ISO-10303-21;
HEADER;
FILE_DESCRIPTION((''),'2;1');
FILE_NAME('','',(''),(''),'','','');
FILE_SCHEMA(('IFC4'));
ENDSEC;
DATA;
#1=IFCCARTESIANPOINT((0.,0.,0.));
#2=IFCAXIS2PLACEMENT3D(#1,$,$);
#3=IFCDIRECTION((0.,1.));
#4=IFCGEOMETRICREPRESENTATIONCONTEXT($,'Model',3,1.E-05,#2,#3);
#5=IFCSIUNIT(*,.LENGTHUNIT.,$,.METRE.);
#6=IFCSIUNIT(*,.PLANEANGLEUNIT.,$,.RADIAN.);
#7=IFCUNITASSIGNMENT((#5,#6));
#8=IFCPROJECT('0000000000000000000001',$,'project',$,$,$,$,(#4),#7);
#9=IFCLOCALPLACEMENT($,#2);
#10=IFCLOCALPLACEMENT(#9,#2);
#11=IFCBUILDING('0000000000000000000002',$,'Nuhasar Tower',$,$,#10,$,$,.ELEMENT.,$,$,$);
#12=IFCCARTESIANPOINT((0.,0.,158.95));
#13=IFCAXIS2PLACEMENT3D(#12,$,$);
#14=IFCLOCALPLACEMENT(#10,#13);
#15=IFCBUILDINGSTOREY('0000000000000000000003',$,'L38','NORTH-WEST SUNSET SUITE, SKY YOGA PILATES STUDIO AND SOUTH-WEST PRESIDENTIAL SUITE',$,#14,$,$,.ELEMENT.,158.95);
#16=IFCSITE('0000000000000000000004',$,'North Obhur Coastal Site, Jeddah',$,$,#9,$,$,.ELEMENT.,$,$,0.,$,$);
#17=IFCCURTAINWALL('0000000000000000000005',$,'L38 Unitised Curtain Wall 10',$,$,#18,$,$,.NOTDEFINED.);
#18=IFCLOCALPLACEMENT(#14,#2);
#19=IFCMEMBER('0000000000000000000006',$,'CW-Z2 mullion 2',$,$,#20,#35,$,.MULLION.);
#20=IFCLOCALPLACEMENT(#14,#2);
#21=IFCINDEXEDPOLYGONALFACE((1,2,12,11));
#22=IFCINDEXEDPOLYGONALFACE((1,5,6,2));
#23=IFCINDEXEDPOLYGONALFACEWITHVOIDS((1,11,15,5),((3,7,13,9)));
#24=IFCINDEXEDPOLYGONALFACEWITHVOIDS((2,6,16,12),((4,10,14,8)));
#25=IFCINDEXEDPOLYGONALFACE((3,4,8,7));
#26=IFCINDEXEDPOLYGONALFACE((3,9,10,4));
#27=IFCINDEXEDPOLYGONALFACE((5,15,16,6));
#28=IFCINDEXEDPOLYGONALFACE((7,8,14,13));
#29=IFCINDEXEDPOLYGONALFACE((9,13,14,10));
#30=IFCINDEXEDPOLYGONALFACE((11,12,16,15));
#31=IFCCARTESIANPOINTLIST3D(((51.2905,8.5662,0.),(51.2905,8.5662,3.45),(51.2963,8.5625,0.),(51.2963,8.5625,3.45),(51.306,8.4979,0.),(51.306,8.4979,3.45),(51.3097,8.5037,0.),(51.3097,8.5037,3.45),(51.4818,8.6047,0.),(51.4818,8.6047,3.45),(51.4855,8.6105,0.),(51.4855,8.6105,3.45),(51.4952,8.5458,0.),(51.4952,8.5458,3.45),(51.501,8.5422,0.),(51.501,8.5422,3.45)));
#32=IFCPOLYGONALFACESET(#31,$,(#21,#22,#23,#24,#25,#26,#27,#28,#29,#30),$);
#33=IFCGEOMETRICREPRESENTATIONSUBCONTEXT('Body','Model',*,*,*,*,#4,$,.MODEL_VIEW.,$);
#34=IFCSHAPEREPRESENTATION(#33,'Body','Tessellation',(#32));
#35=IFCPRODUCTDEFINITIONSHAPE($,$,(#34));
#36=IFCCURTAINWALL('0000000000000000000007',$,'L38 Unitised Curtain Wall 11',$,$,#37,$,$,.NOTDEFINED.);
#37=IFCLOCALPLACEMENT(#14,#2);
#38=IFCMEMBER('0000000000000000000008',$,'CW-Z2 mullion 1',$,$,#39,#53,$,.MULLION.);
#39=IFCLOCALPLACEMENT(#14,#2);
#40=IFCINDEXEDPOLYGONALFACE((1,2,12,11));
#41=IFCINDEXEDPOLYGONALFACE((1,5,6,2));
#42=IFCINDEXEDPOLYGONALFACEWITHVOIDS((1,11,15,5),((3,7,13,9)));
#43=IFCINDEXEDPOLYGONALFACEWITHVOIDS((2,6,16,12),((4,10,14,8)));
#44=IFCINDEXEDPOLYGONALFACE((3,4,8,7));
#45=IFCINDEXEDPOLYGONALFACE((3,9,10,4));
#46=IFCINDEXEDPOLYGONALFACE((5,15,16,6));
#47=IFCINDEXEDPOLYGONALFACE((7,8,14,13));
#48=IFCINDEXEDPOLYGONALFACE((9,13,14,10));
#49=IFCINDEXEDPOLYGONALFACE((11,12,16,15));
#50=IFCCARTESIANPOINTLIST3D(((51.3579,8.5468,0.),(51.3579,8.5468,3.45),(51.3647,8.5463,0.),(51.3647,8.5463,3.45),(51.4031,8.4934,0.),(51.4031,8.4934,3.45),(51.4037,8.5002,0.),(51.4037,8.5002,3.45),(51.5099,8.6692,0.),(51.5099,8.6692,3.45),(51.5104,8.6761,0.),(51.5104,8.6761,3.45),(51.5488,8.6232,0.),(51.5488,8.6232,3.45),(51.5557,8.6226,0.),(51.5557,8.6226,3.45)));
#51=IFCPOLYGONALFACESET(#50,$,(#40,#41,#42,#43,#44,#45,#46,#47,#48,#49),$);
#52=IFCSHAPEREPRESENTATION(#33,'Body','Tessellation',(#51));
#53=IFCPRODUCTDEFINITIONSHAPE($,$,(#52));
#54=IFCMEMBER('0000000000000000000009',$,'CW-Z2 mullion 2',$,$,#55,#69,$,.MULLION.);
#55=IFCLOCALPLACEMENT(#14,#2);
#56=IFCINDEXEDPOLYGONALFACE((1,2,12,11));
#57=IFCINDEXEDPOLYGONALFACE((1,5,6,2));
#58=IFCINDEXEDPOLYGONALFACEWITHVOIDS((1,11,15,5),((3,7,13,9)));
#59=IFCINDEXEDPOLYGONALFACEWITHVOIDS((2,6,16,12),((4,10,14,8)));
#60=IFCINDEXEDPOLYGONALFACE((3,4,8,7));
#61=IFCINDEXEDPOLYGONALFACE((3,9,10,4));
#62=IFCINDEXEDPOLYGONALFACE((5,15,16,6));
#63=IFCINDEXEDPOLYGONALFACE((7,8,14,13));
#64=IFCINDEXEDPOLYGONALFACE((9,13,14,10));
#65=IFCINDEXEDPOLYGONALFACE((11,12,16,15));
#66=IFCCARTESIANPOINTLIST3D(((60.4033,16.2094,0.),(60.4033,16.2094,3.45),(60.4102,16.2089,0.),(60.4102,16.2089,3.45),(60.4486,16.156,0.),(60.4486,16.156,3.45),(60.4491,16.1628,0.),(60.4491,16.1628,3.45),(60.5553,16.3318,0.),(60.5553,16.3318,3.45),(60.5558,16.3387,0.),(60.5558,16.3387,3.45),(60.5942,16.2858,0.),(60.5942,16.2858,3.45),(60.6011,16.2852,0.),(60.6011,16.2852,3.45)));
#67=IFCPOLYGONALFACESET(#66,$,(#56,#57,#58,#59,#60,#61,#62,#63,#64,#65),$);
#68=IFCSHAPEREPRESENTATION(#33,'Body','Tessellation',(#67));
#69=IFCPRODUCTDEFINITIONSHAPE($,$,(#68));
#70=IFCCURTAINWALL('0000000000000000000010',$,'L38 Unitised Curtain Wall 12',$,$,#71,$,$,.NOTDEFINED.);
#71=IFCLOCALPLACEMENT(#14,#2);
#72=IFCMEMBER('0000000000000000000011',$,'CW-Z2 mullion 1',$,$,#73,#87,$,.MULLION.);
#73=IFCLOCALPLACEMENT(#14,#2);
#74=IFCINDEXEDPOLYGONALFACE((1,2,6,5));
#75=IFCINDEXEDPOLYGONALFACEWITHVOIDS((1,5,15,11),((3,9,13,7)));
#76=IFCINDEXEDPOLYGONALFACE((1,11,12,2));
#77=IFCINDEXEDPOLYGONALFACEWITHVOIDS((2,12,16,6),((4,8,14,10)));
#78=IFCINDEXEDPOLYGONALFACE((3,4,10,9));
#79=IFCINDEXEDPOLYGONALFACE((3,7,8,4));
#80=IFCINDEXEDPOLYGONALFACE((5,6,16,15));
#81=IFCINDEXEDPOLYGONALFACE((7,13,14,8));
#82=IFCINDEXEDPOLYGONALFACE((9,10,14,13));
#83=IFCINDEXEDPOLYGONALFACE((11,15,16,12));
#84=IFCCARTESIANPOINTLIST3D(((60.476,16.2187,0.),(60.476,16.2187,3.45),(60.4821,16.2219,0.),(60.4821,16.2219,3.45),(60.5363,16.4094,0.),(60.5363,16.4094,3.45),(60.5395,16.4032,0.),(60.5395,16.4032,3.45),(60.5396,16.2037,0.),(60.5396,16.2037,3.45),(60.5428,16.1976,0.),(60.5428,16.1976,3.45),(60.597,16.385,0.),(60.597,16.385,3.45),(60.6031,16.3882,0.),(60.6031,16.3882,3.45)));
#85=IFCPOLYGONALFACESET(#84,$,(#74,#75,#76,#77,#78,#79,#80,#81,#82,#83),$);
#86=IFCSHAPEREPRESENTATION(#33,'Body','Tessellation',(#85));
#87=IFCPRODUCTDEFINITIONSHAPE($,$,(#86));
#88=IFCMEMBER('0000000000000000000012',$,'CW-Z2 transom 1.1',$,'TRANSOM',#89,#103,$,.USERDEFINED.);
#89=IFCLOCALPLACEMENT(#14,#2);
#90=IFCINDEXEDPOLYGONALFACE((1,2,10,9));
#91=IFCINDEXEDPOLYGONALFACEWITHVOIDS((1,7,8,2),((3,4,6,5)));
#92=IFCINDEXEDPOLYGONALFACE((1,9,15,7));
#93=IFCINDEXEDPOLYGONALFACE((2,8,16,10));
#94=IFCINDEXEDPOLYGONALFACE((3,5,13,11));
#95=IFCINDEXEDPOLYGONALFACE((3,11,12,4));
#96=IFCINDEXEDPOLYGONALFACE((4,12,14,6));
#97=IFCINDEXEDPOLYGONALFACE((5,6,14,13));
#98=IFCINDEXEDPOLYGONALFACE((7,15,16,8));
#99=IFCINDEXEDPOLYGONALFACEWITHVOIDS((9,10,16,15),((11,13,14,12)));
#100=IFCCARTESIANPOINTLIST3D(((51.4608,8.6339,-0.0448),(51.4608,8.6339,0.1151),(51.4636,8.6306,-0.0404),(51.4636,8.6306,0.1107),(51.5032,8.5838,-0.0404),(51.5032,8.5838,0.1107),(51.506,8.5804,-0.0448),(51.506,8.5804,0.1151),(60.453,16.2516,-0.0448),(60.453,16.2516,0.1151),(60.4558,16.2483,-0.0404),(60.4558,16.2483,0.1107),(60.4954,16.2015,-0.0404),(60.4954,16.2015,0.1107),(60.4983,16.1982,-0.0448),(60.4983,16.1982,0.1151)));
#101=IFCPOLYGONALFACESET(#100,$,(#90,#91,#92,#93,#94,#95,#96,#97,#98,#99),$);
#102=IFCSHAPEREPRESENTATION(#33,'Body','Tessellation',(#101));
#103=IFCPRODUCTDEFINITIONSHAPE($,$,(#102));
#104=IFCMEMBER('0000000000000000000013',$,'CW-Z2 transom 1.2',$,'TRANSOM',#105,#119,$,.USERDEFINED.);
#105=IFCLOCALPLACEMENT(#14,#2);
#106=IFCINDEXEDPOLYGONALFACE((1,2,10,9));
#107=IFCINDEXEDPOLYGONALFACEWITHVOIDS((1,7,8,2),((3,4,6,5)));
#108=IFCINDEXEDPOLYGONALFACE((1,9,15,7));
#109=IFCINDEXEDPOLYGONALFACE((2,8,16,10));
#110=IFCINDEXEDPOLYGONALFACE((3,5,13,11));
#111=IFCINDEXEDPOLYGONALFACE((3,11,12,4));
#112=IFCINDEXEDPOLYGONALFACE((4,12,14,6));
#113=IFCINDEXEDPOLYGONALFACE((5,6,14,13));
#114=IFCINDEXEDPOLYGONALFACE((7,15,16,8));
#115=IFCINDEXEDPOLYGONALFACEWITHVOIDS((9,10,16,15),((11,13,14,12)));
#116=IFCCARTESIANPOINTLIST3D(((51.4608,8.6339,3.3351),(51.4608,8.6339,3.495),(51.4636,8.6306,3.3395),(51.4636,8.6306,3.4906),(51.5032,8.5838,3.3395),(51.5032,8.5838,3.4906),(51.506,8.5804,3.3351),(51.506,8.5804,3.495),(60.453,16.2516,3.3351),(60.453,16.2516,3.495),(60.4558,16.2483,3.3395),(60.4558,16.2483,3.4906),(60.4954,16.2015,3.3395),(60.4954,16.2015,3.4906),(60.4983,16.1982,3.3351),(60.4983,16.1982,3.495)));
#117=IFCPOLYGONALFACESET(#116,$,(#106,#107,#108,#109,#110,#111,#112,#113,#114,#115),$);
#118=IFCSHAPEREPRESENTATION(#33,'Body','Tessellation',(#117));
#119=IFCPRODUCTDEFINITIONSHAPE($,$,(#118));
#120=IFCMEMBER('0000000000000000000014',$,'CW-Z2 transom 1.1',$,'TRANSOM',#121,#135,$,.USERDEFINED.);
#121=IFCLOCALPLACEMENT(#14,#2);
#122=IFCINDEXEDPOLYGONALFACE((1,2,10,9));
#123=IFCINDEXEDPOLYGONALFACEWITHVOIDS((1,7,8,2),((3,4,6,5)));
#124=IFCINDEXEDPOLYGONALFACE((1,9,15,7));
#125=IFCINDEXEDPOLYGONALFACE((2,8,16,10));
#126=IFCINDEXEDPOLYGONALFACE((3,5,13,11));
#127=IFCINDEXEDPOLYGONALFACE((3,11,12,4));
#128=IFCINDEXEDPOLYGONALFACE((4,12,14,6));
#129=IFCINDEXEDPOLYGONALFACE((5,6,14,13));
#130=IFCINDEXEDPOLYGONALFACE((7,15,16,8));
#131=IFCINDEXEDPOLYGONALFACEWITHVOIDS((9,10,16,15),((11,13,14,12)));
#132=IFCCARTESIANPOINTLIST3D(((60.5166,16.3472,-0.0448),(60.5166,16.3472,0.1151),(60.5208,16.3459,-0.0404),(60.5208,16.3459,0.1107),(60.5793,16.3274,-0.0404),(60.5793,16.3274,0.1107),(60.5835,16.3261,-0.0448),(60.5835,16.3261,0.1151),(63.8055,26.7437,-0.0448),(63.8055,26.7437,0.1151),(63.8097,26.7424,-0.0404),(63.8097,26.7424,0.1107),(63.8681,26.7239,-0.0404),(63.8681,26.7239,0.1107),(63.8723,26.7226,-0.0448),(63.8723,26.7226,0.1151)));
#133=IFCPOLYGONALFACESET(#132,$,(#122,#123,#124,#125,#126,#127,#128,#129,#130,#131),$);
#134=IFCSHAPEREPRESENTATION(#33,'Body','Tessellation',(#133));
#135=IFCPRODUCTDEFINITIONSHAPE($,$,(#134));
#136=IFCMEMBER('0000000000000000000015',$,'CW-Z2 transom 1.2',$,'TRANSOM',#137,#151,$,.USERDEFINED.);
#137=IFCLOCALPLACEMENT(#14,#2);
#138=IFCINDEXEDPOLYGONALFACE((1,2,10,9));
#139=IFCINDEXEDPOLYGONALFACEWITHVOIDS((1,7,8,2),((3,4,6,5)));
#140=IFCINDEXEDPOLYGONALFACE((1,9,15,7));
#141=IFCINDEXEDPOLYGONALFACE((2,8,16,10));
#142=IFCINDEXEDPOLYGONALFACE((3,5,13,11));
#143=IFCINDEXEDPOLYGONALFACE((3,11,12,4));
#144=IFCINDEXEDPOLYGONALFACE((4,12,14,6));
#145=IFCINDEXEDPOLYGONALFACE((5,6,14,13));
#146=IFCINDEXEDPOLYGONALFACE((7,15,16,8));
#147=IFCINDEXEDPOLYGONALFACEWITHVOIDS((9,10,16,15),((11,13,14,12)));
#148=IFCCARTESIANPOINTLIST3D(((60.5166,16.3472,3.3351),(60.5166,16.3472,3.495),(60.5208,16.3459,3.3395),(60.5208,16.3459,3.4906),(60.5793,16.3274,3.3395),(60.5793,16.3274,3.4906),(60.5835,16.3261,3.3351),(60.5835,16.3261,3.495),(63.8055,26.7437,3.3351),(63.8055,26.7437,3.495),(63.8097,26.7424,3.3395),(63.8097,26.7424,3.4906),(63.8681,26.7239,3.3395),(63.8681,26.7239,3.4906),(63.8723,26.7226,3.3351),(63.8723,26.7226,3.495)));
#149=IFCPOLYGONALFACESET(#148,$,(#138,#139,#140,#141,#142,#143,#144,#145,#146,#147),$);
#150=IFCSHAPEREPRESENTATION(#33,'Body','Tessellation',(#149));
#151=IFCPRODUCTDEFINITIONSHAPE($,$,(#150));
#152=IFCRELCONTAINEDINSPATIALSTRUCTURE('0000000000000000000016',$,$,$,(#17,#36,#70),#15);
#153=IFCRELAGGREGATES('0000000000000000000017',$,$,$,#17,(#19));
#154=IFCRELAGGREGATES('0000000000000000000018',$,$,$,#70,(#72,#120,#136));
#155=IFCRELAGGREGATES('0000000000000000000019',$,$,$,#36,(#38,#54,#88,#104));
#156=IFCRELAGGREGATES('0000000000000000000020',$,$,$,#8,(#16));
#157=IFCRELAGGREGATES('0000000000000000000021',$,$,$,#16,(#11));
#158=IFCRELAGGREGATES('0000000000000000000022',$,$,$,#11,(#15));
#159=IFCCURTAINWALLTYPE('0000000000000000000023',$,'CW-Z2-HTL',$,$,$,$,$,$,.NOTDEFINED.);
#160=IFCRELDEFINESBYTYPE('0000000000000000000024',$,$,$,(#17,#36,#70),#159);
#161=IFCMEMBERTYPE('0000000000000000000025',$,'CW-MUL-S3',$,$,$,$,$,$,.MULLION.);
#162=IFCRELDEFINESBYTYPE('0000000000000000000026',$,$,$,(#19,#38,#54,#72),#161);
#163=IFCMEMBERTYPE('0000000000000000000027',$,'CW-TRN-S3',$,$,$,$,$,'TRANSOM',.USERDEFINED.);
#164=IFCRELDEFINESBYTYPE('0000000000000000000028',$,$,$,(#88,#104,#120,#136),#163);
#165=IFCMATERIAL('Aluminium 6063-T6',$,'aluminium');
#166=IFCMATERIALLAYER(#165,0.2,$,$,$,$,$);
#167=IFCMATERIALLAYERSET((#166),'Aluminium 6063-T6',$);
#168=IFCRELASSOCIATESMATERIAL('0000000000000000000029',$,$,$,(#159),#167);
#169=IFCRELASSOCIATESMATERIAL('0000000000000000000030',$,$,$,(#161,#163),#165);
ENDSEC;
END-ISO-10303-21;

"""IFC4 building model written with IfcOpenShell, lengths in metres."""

from ifc_helpers import new_model, si_unit, direction, frame, origin, origin_2d, place, context, subcontext, project, spatial, hollow_rectangle, extrude, material, layer, layer_set, material_profile, profile_set, type_object, element, aggregate, save


model = new_model("IFC4")

# Units and contexts
model_context = context("Model", 3, precision=1e-05, world=origin(), true_north=direction((0.0, 1.0)))
body_context = subcontext(model_context, "Body", "Model", "MODEL_VIEW")
ifc_project = project(units=[si_unit("LENGTHUNIT", "METRE"), si_unit("PLANEANGLEUNIT", "RADIAN")], contexts=[model_context])

# Site, building, storey
site_placement = place(None, origin())
site = spatial("IfcSite", under=ifc_project, at=site_placement, Name="North Obhur Coastal Site, Jeddah", CompositionType="ELEMENT", RefElevation=0.0)
building_placement = place(site_placement, origin())
building = spatial("IfcBuilding", under=site, at=building_placement, Name="Nuhasar Tower", CompositionType="ELEMENT")
storey_placement = place(building_placement, frame((0.0, 0.0, 158.95)))
storey = spatial("IfcBuildingStorey", under=building, at=storey_placement, Name="L38", Description="NORTH-WEST SUNSET SUITE, SKY YOGA PILATES STUDIO AND SOUTH-WEST PRESIDENTIAL SUITE", CompositionType="ELEMENT", Elevation=158.95)

# Curtain wall, member
ifc_material_1 = material(Name="Aluminium 6063-T6", Category="aluminium")
ifc_layer_1 = layer(ifc_material_1, 0.2)
ifc_layer_set_1 = layer_set([ifc_layer_1], Name="Aluminium 6063-T6")
curtain_wall_type = type_object("IfcCurtainWallType", Name="CW-Z2-HTL", PredefinedType="NOTDEFINED", material=ifc_layer_set_1)
curtain_wall_1_placement = place(storey_placement, origin())
curtain_wall_1 = element("IfcCurtainWall", 1, at=curtain_wall_1_placement, inside=storey, type_object=curtain_wall_type, Name="L38 Unitised Curtain Wall 10", PredefinedType="NOTDEFINED")
ifc_material_profile_1 = material_profile(ifc_material_1, hollow_rectangle(XDim=0.0701, YDim=0.2, WallThickness=0.0049, at=origin_2d()), Name="CWM-3")
ifc_profile_set_1 = profile_set([ifc_material_profile_1], Name="Aluminium 6063-T6")
member_type_1 = type_object("IfcMemberType", Name="CW-MUL-S3", PredefinedType="MULLION", material=ifc_profile_set_1)
member_1_placement = place(storey_placement, frame((51.3958, 8.5542, 0.0), z_axis=(0.0, 0.0, 1.0), x_axis=(-0.221397, 0.975184, 0.0)))
member_1 = element("IfcMember", 2, at=member_1_placement, type_object=member_type_1, Name="CW-Z2 mullion 2", PredefinedType="MULLION", context=body_context, shape_type="SweptSolid", body=[
    extrude(hollow_rectangle(XDim=0.0701, YDim=0.2, WallThickness=0.0049, at=origin_2d()), origin(), (0.0, 0.0, 1.0), 3.45),
])
aggregate(curtain_wall_1, [member_1])

# Curtain wall, members
curtain_wall_2_placement = place(storey_placement, origin())
curtain_wall_2 = element("IfcCurtainWall", 3, at=curtain_wall_2_placement, inside=storey, type_object=curtain_wall_type, Name="L38 Unitised Curtain Wall 11", PredefinedType="NOTDEFINED")
member_2_placement = place(storey_placement, frame((51.4568, 8.5847, 0.0), z_axis=(0.0, 0.0, 1.0), x_axis=(-0.646374, 0.76302, 0.0)))
member_2 = element("IfcMember", 4, at=member_2_placement, type_object=member_type_1, Name="CW-Z2 mullion 1", PredefinedType="MULLION", context=body_context, shape_type="SweptSolid", body=[
    extrude(hollow_rectangle(XDim=0.0701, YDim=0.2, WallThickness=0.0049, at=origin_2d()), origin(), (0.0, 0.0, 1.0), 3.45),
])
member_3_placement = place(storey_placement, frame((60.5022, 16.2473, 0.0), z_axis=(0.0, 0.0, 1.0), x_axis=(-0.646374, 0.76302, 0.0)))
member_3 = element("IfcMember", 5, at=member_3_placement, type_object=member_type_1, Name="CW-Z2 mullion 2", PredefinedType="MULLION", context=body_context, shape_type="SweptSolid", body=[
    extrude(hollow_rectangle(XDim=0.0701, YDim=0.2, WallThickness=0.0049, at=origin_2d()), origin(), (0.0, 0.0, 1.0), 3.45),
])

# Curtain wall, member
curtain_wall_3_placement = place(storey_placement, origin())
curtain_wall_3 = element("IfcCurtainWall", 6, at=curtain_wall_3_placement, inside=storey, type_object=curtain_wall_type, Name="L38 Unitised Curtain Wall 12", PredefinedType="NOTDEFINED")
member_4_placement = place(storey_placement, frame((60.5396, 16.3035, 0.0), z_axis=(0.0, 0.0, 1.0), x_axis=(-0.953433, 0.301604, 0.0)))
member_4 = element("IfcMember", 7, at=member_4_placement, type_object=member_type_1, Name="CW-Z2 mullion 1", PredefinedType="MULLION", context=body_context, shape_type="SweptSolid", body=[
    extrude(hollow_rectangle(XDim=0.0701, YDim=0.2, WallThickness=0.0049, at=origin_2d()), origin(), (0.0, 0.0, 1.0), 3.45),
])

# Members
ifc_material_profile_2 = material_profile(ifc_material_1, hollow_rectangle(XDim=0.0701, YDim=0.1599, WallThickness=0.0044, at=origin_2d()), Name="CWT-3")
ifc_profile_set_2 = profile_set([ifc_material_profile_2], Name="Aluminium 6063-T6")
member_type_2 = type_object("IfcMemberType", Name="CW-TRN-S3", ElementType="TRANSOM", PredefinedType="USERDEFINED", material=ifc_profile_set_2)
member_5_placement = place(storey_placement, frame((51.4834, 8.6072, 0.0352), z_axis=(0.763014, 0.646382, 0.0), x_axis=(-0.646382, 0.763014, 0.0)))
member_5 = element("IfcMember", 8, at=member_5_placement, type_object=member_type_2, Name="CW-Z2 transom 1.1", ObjectType="TRANSOM", PredefinedType="USERDEFINED", context=body_context, shape_type="SweptSolid", body=[
    extrude(hollow_rectangle(XDim=0.0701, YDim=0.1599, WallThickness=0.0044, at=origin_2d()), origin(), (0.0, 0.0, 1.0), 11.7852),
])
member_6_placement = place(storey_placement, frame((51.4834, 8.6072, 3.415), z_axis=(0.763014, 0.646382, 0.0), x_axis=(-0.646382, 0.763014, 0.0)))
member_6 = element("IfcMember", 9, at=member_6_placement, type_object=member_type_2, Name="CW-Z2 transom 1.2", ObjectType="TRANSOM", PredefinedType="USERDEFINED", context=body_context, shape_type="SweptSolid", body=[
    extrude(hollow_rectangle(XDim=0.0701, YDim=0.1599, WallThickness=0.0044, at=origin_2d()), origin(), (0.0, 0.0, 1.0), 11.7852),
])
member_7_placement = place(storey_placement, frame((60.55, 16.3367, 0.0352), z_axis=(0.301608, 0.953432, 0.0), x_axis=(-0.953432, 0.301608, 0.0)))
member_7 = element("IfcMember", 10, at=member_7_placement, type_object=member_type_2, Name="CW-Z2 transom 1.1", ObjectType="TRANSOM", PredefinedType="USERDEFINED", context=body_context, shape_type="SweptSolid", body=[
    extrude(hollow_rectangle(XDim=0.0701, YDim=0.1599, WallThickness=0.0044, at=origin_2d()), origin(), (0.0, 0.0, 1.0), 10.9043),
])
member_8_placement = place(storey_placement, frame((60.55, 16.3367, 3.415), z_axis=(0.301608, 0.953432, 0.0), x_axis=(-0.953432, 0.301608, 0.0)))
member_8 = element("IfcMember", 11, at=member_8_placement, type_object=member_type_2, Name="CW-Z2 transom 1.2", ObjectType="TRANSOM", PredefinedType="USERDEFINED", context=body_context, shape_type="SweptSolid", body=[
    extrude(hollow_rectangle(XDim=0.0701, YDim=0.1599, WallThickness=0.0044, at=origin_2d()), origin(), (0.0, 0.0, 1.0), 10.9043),
])
aggregate(curtain_wall_3, [member_4, member_7, member_8])

aggregate(curtain_wall_2, [member_2, member_3, member_5, member_6])

save(model, "model.ifc")
